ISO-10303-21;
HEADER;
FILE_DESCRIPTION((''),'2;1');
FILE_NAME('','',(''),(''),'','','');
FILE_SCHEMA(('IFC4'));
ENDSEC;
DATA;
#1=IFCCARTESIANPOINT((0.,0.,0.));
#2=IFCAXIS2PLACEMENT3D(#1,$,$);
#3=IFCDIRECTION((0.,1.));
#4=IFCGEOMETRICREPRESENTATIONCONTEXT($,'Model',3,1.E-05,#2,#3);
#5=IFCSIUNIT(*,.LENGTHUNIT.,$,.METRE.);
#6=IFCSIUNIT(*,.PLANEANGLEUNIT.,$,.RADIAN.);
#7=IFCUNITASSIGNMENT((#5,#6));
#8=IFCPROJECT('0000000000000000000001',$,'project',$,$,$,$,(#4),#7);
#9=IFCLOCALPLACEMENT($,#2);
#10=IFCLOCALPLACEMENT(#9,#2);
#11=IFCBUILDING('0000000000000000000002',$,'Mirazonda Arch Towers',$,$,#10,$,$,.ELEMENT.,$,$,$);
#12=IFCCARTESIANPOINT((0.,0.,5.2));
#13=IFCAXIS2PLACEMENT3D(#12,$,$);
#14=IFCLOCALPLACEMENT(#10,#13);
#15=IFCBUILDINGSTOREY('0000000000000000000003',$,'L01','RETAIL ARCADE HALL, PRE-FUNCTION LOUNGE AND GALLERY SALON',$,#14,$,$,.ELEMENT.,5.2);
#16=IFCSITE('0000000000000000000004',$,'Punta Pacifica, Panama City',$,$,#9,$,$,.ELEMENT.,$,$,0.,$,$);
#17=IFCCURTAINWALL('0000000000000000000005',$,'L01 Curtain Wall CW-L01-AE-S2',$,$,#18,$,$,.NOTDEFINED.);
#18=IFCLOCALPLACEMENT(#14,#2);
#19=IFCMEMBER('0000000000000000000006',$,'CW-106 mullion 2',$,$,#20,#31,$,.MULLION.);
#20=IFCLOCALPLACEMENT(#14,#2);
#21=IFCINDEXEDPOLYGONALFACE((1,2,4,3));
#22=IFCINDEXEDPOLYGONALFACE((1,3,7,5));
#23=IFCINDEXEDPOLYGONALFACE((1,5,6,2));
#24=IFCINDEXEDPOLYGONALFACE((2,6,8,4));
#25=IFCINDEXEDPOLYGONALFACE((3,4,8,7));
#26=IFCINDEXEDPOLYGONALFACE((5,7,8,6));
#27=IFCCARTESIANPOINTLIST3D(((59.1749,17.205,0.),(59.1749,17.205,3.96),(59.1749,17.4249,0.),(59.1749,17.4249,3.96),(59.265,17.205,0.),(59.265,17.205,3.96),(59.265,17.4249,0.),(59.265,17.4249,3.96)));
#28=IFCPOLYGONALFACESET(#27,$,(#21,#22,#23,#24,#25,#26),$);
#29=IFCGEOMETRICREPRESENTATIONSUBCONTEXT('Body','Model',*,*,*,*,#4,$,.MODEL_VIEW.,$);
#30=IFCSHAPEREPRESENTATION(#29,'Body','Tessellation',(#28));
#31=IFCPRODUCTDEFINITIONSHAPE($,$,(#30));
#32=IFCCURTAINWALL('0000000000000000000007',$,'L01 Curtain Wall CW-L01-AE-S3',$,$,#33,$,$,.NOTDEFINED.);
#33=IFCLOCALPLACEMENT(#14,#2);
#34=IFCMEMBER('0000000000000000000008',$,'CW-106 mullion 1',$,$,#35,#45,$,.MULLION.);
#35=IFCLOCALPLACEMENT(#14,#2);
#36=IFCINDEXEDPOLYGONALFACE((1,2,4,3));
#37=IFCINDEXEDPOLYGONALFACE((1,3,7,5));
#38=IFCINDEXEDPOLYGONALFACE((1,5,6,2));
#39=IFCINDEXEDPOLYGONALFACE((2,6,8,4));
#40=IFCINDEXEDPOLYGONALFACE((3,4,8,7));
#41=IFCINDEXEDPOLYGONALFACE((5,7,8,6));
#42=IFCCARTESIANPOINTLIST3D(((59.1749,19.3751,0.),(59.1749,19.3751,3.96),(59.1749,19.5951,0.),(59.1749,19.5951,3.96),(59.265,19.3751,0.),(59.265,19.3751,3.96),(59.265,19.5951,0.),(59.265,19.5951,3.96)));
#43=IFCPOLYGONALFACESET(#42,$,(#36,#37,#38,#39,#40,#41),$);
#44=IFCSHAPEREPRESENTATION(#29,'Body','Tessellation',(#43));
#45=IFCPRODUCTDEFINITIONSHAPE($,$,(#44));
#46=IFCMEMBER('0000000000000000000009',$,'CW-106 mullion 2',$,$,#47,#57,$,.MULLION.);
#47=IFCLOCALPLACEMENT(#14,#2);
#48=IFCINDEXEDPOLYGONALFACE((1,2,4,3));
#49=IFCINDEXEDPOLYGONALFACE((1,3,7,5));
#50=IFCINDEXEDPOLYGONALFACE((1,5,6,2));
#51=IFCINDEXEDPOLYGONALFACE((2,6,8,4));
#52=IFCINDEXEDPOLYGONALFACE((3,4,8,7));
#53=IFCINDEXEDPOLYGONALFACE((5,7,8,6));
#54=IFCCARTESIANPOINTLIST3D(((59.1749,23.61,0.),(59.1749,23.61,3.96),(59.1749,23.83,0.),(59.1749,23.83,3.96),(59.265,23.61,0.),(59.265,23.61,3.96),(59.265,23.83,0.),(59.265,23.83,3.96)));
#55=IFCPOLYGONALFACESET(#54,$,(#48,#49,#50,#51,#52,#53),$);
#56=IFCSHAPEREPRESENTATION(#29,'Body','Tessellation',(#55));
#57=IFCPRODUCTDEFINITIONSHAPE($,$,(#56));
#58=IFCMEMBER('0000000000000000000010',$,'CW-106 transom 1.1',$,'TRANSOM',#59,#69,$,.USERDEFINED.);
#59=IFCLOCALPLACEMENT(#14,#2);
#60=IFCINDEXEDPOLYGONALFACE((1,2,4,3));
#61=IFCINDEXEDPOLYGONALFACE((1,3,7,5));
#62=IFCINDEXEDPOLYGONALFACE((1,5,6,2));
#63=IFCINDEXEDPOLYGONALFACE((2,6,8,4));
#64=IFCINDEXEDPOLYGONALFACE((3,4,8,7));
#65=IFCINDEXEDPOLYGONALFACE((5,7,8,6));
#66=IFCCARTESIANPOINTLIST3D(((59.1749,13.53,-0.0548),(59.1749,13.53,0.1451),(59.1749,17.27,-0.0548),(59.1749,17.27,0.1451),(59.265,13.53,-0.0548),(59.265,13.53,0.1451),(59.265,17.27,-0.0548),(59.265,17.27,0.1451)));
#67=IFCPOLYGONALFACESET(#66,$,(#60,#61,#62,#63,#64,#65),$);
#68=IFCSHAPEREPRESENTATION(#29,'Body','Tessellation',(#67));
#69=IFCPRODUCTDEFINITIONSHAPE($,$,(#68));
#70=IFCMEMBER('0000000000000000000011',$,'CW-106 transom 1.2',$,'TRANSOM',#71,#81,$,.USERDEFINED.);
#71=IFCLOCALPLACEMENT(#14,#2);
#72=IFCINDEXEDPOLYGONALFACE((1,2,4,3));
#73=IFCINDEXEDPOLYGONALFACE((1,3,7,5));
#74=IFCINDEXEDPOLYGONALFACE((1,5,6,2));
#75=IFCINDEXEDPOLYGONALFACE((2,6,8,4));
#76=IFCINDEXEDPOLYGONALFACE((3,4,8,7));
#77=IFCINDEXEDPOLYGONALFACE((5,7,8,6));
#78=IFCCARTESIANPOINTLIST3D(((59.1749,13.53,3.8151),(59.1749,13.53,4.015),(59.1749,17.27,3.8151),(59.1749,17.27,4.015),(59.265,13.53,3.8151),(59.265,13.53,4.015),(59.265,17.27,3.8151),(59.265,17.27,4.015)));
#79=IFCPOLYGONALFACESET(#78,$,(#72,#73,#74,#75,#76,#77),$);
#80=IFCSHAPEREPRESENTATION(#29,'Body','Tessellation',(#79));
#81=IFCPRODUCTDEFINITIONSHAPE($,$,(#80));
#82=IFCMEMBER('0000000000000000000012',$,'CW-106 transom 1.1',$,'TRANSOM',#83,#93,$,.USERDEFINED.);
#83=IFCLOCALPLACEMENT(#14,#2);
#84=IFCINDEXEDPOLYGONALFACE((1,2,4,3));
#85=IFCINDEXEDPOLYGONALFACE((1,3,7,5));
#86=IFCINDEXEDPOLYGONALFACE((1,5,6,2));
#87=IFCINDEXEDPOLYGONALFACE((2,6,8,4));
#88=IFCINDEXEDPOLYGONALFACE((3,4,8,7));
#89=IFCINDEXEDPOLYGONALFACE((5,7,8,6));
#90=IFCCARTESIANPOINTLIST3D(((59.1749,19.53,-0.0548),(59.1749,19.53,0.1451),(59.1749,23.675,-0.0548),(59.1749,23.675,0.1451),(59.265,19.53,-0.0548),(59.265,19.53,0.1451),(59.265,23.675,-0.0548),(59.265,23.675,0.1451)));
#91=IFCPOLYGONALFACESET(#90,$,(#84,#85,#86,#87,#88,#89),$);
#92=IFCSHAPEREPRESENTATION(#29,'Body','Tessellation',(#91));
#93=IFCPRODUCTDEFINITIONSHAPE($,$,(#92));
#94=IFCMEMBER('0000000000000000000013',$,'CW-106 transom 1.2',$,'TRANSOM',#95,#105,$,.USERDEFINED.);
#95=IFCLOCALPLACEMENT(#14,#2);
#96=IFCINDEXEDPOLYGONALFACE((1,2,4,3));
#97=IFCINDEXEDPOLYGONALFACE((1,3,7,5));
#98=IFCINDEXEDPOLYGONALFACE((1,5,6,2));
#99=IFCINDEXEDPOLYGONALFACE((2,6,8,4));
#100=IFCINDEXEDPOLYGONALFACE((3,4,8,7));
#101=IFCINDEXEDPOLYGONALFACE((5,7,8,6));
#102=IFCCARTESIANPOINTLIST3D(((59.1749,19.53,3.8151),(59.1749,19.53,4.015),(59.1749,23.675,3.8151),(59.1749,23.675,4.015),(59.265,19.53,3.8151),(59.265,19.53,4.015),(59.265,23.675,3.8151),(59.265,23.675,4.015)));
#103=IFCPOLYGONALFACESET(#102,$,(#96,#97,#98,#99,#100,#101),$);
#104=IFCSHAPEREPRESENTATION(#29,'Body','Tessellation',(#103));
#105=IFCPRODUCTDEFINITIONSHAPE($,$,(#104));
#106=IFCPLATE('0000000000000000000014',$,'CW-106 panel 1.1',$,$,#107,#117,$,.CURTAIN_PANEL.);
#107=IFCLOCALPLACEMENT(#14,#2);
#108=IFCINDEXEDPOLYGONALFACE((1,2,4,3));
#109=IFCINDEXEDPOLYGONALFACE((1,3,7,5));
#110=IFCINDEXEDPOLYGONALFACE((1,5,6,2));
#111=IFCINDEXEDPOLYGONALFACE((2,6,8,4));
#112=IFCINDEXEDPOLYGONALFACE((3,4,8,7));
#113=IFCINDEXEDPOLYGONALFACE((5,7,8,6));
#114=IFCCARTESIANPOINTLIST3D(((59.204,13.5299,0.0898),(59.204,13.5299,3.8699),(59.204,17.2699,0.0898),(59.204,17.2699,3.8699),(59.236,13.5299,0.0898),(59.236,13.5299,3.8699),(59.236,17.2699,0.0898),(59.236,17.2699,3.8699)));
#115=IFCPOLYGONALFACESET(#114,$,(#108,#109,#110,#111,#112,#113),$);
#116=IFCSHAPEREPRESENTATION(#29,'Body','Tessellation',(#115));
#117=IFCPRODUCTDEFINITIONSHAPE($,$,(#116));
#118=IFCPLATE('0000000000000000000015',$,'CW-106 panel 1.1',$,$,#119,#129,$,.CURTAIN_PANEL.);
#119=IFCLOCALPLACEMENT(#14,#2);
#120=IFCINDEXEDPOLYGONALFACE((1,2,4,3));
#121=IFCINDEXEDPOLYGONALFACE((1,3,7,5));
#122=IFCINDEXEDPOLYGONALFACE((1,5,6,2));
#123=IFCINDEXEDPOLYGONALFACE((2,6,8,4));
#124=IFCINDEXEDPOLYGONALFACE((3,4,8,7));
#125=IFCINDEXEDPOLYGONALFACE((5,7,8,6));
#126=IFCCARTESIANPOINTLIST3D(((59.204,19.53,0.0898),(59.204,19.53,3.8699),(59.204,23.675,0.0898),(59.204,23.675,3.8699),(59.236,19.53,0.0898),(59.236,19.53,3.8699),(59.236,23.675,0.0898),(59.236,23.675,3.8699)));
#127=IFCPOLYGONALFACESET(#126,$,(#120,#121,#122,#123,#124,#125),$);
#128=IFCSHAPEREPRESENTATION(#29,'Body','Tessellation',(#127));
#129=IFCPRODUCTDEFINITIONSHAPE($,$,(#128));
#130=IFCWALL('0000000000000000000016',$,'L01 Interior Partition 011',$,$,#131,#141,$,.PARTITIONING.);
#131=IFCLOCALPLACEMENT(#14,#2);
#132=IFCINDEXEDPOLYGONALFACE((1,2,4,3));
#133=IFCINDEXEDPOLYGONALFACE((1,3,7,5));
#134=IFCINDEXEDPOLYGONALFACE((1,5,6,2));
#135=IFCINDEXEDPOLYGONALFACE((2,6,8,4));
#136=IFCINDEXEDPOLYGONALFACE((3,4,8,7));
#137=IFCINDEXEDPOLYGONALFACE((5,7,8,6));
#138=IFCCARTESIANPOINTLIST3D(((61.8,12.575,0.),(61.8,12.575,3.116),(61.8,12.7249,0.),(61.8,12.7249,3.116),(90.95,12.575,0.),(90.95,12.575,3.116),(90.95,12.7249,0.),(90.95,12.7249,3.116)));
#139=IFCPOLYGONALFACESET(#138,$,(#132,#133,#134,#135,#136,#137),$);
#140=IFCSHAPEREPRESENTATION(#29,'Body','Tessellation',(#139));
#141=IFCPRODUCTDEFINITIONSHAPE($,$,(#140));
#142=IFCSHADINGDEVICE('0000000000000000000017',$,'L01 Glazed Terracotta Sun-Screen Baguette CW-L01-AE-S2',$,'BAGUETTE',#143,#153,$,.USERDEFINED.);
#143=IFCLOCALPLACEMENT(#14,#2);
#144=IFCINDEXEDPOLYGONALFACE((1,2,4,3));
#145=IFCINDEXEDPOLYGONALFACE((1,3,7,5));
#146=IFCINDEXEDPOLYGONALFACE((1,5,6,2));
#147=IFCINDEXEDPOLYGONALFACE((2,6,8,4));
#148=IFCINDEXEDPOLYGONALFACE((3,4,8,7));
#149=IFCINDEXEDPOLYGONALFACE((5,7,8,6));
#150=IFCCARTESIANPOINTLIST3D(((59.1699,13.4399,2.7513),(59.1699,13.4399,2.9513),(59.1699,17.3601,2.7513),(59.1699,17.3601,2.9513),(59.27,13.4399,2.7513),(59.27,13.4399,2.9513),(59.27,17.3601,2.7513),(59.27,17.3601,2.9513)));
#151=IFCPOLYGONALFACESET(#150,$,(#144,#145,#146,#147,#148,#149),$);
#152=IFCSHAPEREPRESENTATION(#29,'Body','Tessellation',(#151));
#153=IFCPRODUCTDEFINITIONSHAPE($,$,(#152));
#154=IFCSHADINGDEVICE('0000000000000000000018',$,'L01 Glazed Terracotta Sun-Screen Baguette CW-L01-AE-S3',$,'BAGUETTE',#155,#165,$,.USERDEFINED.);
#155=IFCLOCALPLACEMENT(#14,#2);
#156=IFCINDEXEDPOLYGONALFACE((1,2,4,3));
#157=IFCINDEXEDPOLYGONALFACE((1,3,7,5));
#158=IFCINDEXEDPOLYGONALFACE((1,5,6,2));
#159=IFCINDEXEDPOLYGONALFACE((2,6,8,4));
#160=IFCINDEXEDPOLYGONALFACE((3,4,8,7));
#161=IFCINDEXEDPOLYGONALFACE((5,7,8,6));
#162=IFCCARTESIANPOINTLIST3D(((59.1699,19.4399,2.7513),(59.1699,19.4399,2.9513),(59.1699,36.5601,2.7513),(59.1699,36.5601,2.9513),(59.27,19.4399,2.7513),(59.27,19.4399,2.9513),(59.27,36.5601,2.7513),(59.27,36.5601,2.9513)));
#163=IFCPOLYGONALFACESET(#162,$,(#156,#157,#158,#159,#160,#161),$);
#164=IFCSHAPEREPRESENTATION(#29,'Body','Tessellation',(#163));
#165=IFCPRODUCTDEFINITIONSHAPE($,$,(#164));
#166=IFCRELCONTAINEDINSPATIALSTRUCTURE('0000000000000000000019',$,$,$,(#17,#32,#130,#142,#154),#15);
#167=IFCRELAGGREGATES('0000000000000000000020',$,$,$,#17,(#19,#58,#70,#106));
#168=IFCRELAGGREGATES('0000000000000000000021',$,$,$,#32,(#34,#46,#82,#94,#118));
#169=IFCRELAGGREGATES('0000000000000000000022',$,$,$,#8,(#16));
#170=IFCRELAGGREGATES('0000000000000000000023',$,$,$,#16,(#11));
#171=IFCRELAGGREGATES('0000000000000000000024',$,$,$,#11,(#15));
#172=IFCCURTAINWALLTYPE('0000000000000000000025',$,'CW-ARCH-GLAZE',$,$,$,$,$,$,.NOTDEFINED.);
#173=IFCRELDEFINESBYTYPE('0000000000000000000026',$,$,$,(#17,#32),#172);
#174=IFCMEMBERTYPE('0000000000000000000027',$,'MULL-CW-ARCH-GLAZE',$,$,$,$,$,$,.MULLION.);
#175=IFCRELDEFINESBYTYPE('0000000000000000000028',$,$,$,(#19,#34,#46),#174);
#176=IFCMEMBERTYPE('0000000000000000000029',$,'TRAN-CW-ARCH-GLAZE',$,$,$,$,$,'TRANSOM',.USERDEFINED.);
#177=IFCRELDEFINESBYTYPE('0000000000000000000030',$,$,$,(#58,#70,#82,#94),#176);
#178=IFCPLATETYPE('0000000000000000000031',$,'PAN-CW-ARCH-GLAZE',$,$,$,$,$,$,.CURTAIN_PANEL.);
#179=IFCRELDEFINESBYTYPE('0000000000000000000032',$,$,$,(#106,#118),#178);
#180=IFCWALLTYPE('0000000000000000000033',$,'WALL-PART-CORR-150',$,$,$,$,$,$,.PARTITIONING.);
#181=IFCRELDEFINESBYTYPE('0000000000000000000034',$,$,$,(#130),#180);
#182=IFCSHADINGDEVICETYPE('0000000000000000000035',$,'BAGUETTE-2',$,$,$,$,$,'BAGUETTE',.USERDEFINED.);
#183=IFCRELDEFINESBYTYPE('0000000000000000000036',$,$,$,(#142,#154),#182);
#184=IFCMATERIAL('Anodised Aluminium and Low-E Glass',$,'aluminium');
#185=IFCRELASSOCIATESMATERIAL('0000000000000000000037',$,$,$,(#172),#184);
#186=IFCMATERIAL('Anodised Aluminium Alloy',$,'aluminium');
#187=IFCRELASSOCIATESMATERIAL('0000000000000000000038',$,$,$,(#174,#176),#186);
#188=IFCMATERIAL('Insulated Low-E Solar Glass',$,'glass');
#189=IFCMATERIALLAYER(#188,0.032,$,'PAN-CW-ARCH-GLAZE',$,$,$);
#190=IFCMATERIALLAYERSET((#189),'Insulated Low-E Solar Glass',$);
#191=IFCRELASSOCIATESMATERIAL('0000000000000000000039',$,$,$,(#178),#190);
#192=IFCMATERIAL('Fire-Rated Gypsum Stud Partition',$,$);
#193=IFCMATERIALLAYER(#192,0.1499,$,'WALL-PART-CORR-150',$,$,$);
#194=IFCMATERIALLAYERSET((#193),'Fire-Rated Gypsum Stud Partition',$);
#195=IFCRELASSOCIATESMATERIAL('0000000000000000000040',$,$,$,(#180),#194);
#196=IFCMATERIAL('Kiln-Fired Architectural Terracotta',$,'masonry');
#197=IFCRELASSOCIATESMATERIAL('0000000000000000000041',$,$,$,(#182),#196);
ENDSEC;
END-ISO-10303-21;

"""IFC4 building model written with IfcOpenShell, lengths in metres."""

from ifc_helpers import new_model, si_unit, direction, frame, frame_2d, origin, origin_2d, place, context, subcontext, project, spatial, rectangle, extrude, material, layer, layer_set, material_profile, profile_set, type_object, element, aggregate, save


model = new_model("IFC4")

# Units and contexts
model_context = context("Model", 3, precision=1e-05, world=origin(), true_north=direction((0.0, 1.0)))
body_context = subcontext(model_context, "Body", "Model", "MODEL_VIEW")
ifc_project = project(units=[si_unit("LENGTHUNIT", "METRE"), si_unit("PLANEANGLEUNIT", "RADIAN")], contexts=[model_context])

# Site, building, storey
site_placement = place(None, origin())
site = spatial("IfcSite", under=ifc_project, at=site_placement, Name="Punta Pacifica, Panama City", CompositionType="ELEMENT", RefElevation=0.0)
building_placement = place(site_placement, origin())
building = spatial("IfcBuilding", under=site, at=building_placement, Name="Mirazonda Arch Towers", CompositionType="ELEMENT")
storey_placement = place(building_placement, frame((0.0, 0.0, 5.2)))
storey = spatial("IfcBuildingStorey", under=building, at=storey_placement, Name="L01", Description="RETAIL ARCADE HALL, PRE-FUNCTION LOUNGE AND GALLERY SALON", CompositionType="ELEMENT", Elevation=5.2)

# Curtain walls, members
ifc_material_1 = material(Name="Anodised Aluminium and Low-E Glass", Category="aluminium")
curtain_wall_type = type_object("IfcCurtainWallType", Name="CW-ARCH-GLAZE", PredefinedType="NOTDEFINED", material=ifc_material_1)
curtain_wall_1_placement = place(storey_placement, origin())
curtain_wall_1 = element("IfcCurtainWall", 1, at=curtain_wall_1_placement, inside=storey, type_object=curtain_wall_type, Name="L01 Curtain Wall CW-L01-AE-S2", PredefinedType="NOTDEFINED")
ifc_material_2 = material(Name="Anodised Aluminium Alloy", Category="aluminium")
ifc_material_profile_1 = material_profile(ifc_material_2, rectangle(XDim=0.0901, YDim=0.22, at=origin_2d()), Name="ALU-MULL-90x220")
ifc_profile_set_1 = profile_set([ifc_material_profile_1], Name="Anodised Aluminium Alloy")
member_type_1 = type_object("IfcMemberType", Name="MULL-CW-ARCH-GLAZE", PredefinedType="MULLION", material=ifc_profile_set_1)
member_1_placement = place(storey_placement, frame((59.22, 17.3149, 0.0), z_axis=(0.0, 0.0, 1.0), x_axis=(-1.0, 0.0, 0.0)))
member_1 = element("IfcMember", 2, at=member_1_placement, type_object=member_type_1, Name="CW-106 mullion 2", PredefinedType="MULLION", context=body_context, shape_type="SweptSolid", body=[
    extrude(rectangle(XDim=0.0901, YDim=0.22, at=origin_2d()), origin(), (0.0, 0.0, 1.0), 3.96),
])
curtain_wall_2_placement = place(storey_placement, origin())
curtain_wall_2 = element("IfcCurtainWall", 3, at=curtain_wall_2_placement, inside=storey, type_object=curtain_wall_type, Name="L01 Curtain Wall CW-L01-AE-S3", PredefinedType="NOTDEFINED")
member_2_placement = place(storey_placement, frame((59.22, 19.4851, 0.0), z_axis=(0.0, 0.0, 1.0), x_axis=(-1.0, 0.0, 0.0)))
member_2 = element("IfcMember", 4, at=member_2_placement, type_object=member_type_1, Name="CW-106 mullion 1", PredefinedType="MULLION", context=body_context, shape_type="SweptSolid", body=[
    extrude(rectangle(XDim=0.0901, YDim=0.22, at=origin_2d()), origin(), (0.0, 0.0, 1.0), 3.96),
])
member_3_placement = place(storey_placement, frame((59.22, 23.72, 0.0), z_axis=(0.0, 0.0, 1.0), x_axis=(-1.0, 0.0, 0.0)))
member_3 = element("IfcMember", 5, at=member_3_placement, type_object=member_type_1, Name="CW-106 mullion 2", PredefinedType="MULLION", context=body_context, shape_type="SweptSolid", body=[
    extrude(rectangle(XDim=0.0901, YDim=0.22, at=origin_2d()), origin(), (0.0, 0.0, 1.0), 3.96),
])

# Members
ifc_material_profile_2 = material_profile(ifc_material_2, rectangle(XDim=0.0901, YDim=0.2, at=origin_2d()), Name="ALU-TRAN-90x200")
ifc_profile_set_2 = profile_set([ifc_material_profile_2], Name="Anodised Aluminium Alloy")
member_type_2 = type_object("IfcMemberType", Name="TRAN-CW-ARCH-GLAZE", ElementType="TRANSOM", PredefinedType="USERDEFINED", material=ifc_profile_set_2)
member_4_placement = place(storey_placement, frame((59.22, 13.53, 0.0452), z_axis=(0.0, 1.0, 0.0), x_axis=(-1.0, 0.0, 0.0)))
member_4 = element("IfcMember", 6, at=member_4_placement, type_object=member_type_2, Name="CW-106 transom 1.1", ObjectType="TRANSOM", PredefinedType="USERDEFINED", context=body_context, shape_type="SweptSolid", body=[
    extrude(rectangle(XDim=0.0901, YDim=0.2, at=origin_2d()), origin(), (0.0, 0.0, 1.0), 3.74),
])
member_5_placement = place(storey_placement, frame((59.22, 13.53, 3.915), z_axis=(0.0, 1.0, 0.0), x_axis=(-1.0, 0.0, 0.0)))
member_5 = element("IfcMember", 7, at=member_5_placement, type_object=member_type_2, Name="CW-106 transom 1.2", ObjectType="TRANSOM", PredefinedType="USERDEFINED", context=body_context, shape_type="SweptSolid", body=[
    extrude(rectangle(XDim=0.0901, YDim=0.2, at=origin_2d()), origin(), (0.0, 0.0, 1.0), 3.74),
])
member_6_placement = place(storey_placement, frame((59.22, 19.53, 0.0452), z_axis=(0.0, 1.0, 0.0), x_axis=(-1.0, 0.0, 0.0)))
member_6 = element("IfcMember", 8, at=member_6_placement, type_object=member_type_2, Name="CW-106 transom 1.1", ObjectType="TRANSOM", PredefinedType="USERDEFINED", context=body_context, shape_type="SweptSolid", body=[
    extrude(rectangle(XDim=0.0901, YDim=0.2, at=origin_2d()), origin(), (0.0, 0.0, 1.0), 4.145),
])
member_7_placement = place(storey_placement, frame((59.22, 19.53, 3.915), z_axis=(0.0, 1.0, 0.0), x_axis=(-1.0, 0.0, 0.0)))
member_7 = element("IfcMember", 9, at=member_7_placement, type_object=member_type_2, Name="CW-106 transom 1.2", ObjectType="TRANSOM", PredefinedType="USERDEFINED", context=body_context, shape_type="SweptSolid", body=[
    extrude(rectangle(XDim=0.0901, YDim=0.2, at=origin_2d()), origin(), (0.0, 0.0, 1.0), 4.145),
])

# Plates
ifc_material_3 = material(Name="Insulated Low-E Solar Glass", Category="glass")
ifc_layer_1 = layer(ifc_material_3, 0.032, Name="PAN-CW-ARCH-GLAZE")
ifc_layer_set_1 = layer_set([ifc_layer_1], Name="Insulated Low-E Solar Glass")
plate_type = type_object("IfcPlateType", Name="PAN-CW-ARCH-GLAZE", PredefinedType="CURTAIN_PANEL", material=ifc_layer_set_1)
plate_1_placement = place(storey_placement, frame((59.22, 15.3999, 0.0898), z_axis=(0.0, 0.0, 1.0), x_axis=(0.0, 1.0, 0.0)))
plate_1 = element("IfcPlate", 10, at=plate_1_placement, type_object=plate_type, Name="CW-106 panel 1.1", PredefinedType="CURTAIN_PANEL", context=body_context, shape_type="SweptSolid", body=[
    extrude(rectangle(XDim=3.74, YDim=0.032, at=origin_2d()), origin(), (0.0, 0.0, 1.0), 3.78),
])
aggregate(curtain_wall_1, [member_1, member_4, member_5, plate_1])
plate_2_placement = place(storey_placement, frame((59.22, 21.6025, 0.0898), z_axis=(0.0, 0.0, 1.0), x_axis=(0.0, 1.0, 0.0)))
plate_2 = element("IfcPlate", 11, at=plate_2_placement, type_object=plate_type, Name="CW-106 panel 1.1", PredefinedType="CURTAIN_PANEL", context=body_context, shape_type="SweptSolid", body=[
    extrude(rectangle(XDim=4.145, YDim=0.032, at=origin_2d()), origin(), (0.0, 0.0, 1.0), 3.78),
])
aggregate(curtain_wall_2, [member_2, member_3, member_6, member_7, plate_2])

# Wall
ifc_material_4 = material(Name="Fire-Rated Gypsum Stud Partition")
ifc_layer_2 = layer(ifc_material_4, 0.1499, Name="WALL-PART-CORR-150")
ifc_layer_set_2 = layer_set([ifc_layer_2], Name="Fire-Rated Gypsum Stud Partition")
wall_type = type_object("IfcWallType", Name="WALL-PART-CORR-150", PredefinedType="PARTITIONING", material=ifc_layer_set_2)
wall_placement = place(storey_placement, frame((61.8, 12.6499, 0.0), z_axis=(0.0, 0.0, 1.0), x_axis=(1.0, 0.0, 0.0)))
element("IfcWall", 12, at=wall_placement, inside=storey, type_object=wall_type, Name="L01 Interior Partition 011", PredefinedType="PARTITIONING", context=body_context, shape_type="SweptSolid", body=[
    extrude(rectangle(XDim=29.1499, YDim=0.1499, at=frame_2d((14.575, 0.0))), origin(), (0.0, 0.0, 1.0), 3.116),
])

# Shading devices
ifc_material_5 = material(Name="Kiln-Fired Architectural Terracotta", Category="masonry")
ifc_material_profile_3 = material_profile(ifc_material_5, rectangle(XDim=0.1001, YDim=0.2, at=origin_2d()), Name="TERRA-BAG-100x200")
ifc_profile_set_3 = profile_set([ifc_material_profile_3], Name="Kiln-Fired Architectural Terracotta")
shading_device_type = type_object("IfcShadingDeviceType", Name="BAGUETTE-2", ElementType="BAGUETTE", PredefinedType="USERDEFINED", material=ifc_profile_set_3)
shading_device_1_placement = place(storey_placement, frame((59.22, 13.4399, 2.8513), z_axis=(0.0, 1.0, 0.0), x_axis=(-1.0, 0.0, 0.0)))
element("IfcShadingDevice", 13, at=shading_device_1_placement, inside=storey, type_object=shading_device_type, Name="L01 Glazed Terracotta Sun-Screen Baguette CW-L01-AE-S2", ObjectType="BAGUETTE", PredefinedType="USERDEFINED", context=body_context, shape_type="SweptSolid", body=[
    extrude(rectangle(XDim=0.1001, YDim=0.2, at=origin_2d()), origin(), (0.0, 0.0, 1.0), 3.9202),
])
shading_device_2_placement = place(storey_placement, frame((59.22, 19.4399, 2.8513), z_axis=(0.0, 1.0, 0.0), x_axis=(-1.0, 0.0, 0.0)))
element("IfcShadingDevice", 14, at=shading_device_2_placement, inside=storey, type_object=shading_device_type, Name="L01 Glazed Terracotta Sun-Screen Baguette CW-L01-AE-S3", ObjectType="BAGUETTE", PredefinedType="USERDEFINED", context=body_context, shape_type="SweptSolid", body=[
    extrude(rectangle(XDim=0.1001, YDim=0.2, at=origin_2d()), origin(), (0.0, 0.0, 1.0), 17.1201),
])

save(model, "model.ifc")
